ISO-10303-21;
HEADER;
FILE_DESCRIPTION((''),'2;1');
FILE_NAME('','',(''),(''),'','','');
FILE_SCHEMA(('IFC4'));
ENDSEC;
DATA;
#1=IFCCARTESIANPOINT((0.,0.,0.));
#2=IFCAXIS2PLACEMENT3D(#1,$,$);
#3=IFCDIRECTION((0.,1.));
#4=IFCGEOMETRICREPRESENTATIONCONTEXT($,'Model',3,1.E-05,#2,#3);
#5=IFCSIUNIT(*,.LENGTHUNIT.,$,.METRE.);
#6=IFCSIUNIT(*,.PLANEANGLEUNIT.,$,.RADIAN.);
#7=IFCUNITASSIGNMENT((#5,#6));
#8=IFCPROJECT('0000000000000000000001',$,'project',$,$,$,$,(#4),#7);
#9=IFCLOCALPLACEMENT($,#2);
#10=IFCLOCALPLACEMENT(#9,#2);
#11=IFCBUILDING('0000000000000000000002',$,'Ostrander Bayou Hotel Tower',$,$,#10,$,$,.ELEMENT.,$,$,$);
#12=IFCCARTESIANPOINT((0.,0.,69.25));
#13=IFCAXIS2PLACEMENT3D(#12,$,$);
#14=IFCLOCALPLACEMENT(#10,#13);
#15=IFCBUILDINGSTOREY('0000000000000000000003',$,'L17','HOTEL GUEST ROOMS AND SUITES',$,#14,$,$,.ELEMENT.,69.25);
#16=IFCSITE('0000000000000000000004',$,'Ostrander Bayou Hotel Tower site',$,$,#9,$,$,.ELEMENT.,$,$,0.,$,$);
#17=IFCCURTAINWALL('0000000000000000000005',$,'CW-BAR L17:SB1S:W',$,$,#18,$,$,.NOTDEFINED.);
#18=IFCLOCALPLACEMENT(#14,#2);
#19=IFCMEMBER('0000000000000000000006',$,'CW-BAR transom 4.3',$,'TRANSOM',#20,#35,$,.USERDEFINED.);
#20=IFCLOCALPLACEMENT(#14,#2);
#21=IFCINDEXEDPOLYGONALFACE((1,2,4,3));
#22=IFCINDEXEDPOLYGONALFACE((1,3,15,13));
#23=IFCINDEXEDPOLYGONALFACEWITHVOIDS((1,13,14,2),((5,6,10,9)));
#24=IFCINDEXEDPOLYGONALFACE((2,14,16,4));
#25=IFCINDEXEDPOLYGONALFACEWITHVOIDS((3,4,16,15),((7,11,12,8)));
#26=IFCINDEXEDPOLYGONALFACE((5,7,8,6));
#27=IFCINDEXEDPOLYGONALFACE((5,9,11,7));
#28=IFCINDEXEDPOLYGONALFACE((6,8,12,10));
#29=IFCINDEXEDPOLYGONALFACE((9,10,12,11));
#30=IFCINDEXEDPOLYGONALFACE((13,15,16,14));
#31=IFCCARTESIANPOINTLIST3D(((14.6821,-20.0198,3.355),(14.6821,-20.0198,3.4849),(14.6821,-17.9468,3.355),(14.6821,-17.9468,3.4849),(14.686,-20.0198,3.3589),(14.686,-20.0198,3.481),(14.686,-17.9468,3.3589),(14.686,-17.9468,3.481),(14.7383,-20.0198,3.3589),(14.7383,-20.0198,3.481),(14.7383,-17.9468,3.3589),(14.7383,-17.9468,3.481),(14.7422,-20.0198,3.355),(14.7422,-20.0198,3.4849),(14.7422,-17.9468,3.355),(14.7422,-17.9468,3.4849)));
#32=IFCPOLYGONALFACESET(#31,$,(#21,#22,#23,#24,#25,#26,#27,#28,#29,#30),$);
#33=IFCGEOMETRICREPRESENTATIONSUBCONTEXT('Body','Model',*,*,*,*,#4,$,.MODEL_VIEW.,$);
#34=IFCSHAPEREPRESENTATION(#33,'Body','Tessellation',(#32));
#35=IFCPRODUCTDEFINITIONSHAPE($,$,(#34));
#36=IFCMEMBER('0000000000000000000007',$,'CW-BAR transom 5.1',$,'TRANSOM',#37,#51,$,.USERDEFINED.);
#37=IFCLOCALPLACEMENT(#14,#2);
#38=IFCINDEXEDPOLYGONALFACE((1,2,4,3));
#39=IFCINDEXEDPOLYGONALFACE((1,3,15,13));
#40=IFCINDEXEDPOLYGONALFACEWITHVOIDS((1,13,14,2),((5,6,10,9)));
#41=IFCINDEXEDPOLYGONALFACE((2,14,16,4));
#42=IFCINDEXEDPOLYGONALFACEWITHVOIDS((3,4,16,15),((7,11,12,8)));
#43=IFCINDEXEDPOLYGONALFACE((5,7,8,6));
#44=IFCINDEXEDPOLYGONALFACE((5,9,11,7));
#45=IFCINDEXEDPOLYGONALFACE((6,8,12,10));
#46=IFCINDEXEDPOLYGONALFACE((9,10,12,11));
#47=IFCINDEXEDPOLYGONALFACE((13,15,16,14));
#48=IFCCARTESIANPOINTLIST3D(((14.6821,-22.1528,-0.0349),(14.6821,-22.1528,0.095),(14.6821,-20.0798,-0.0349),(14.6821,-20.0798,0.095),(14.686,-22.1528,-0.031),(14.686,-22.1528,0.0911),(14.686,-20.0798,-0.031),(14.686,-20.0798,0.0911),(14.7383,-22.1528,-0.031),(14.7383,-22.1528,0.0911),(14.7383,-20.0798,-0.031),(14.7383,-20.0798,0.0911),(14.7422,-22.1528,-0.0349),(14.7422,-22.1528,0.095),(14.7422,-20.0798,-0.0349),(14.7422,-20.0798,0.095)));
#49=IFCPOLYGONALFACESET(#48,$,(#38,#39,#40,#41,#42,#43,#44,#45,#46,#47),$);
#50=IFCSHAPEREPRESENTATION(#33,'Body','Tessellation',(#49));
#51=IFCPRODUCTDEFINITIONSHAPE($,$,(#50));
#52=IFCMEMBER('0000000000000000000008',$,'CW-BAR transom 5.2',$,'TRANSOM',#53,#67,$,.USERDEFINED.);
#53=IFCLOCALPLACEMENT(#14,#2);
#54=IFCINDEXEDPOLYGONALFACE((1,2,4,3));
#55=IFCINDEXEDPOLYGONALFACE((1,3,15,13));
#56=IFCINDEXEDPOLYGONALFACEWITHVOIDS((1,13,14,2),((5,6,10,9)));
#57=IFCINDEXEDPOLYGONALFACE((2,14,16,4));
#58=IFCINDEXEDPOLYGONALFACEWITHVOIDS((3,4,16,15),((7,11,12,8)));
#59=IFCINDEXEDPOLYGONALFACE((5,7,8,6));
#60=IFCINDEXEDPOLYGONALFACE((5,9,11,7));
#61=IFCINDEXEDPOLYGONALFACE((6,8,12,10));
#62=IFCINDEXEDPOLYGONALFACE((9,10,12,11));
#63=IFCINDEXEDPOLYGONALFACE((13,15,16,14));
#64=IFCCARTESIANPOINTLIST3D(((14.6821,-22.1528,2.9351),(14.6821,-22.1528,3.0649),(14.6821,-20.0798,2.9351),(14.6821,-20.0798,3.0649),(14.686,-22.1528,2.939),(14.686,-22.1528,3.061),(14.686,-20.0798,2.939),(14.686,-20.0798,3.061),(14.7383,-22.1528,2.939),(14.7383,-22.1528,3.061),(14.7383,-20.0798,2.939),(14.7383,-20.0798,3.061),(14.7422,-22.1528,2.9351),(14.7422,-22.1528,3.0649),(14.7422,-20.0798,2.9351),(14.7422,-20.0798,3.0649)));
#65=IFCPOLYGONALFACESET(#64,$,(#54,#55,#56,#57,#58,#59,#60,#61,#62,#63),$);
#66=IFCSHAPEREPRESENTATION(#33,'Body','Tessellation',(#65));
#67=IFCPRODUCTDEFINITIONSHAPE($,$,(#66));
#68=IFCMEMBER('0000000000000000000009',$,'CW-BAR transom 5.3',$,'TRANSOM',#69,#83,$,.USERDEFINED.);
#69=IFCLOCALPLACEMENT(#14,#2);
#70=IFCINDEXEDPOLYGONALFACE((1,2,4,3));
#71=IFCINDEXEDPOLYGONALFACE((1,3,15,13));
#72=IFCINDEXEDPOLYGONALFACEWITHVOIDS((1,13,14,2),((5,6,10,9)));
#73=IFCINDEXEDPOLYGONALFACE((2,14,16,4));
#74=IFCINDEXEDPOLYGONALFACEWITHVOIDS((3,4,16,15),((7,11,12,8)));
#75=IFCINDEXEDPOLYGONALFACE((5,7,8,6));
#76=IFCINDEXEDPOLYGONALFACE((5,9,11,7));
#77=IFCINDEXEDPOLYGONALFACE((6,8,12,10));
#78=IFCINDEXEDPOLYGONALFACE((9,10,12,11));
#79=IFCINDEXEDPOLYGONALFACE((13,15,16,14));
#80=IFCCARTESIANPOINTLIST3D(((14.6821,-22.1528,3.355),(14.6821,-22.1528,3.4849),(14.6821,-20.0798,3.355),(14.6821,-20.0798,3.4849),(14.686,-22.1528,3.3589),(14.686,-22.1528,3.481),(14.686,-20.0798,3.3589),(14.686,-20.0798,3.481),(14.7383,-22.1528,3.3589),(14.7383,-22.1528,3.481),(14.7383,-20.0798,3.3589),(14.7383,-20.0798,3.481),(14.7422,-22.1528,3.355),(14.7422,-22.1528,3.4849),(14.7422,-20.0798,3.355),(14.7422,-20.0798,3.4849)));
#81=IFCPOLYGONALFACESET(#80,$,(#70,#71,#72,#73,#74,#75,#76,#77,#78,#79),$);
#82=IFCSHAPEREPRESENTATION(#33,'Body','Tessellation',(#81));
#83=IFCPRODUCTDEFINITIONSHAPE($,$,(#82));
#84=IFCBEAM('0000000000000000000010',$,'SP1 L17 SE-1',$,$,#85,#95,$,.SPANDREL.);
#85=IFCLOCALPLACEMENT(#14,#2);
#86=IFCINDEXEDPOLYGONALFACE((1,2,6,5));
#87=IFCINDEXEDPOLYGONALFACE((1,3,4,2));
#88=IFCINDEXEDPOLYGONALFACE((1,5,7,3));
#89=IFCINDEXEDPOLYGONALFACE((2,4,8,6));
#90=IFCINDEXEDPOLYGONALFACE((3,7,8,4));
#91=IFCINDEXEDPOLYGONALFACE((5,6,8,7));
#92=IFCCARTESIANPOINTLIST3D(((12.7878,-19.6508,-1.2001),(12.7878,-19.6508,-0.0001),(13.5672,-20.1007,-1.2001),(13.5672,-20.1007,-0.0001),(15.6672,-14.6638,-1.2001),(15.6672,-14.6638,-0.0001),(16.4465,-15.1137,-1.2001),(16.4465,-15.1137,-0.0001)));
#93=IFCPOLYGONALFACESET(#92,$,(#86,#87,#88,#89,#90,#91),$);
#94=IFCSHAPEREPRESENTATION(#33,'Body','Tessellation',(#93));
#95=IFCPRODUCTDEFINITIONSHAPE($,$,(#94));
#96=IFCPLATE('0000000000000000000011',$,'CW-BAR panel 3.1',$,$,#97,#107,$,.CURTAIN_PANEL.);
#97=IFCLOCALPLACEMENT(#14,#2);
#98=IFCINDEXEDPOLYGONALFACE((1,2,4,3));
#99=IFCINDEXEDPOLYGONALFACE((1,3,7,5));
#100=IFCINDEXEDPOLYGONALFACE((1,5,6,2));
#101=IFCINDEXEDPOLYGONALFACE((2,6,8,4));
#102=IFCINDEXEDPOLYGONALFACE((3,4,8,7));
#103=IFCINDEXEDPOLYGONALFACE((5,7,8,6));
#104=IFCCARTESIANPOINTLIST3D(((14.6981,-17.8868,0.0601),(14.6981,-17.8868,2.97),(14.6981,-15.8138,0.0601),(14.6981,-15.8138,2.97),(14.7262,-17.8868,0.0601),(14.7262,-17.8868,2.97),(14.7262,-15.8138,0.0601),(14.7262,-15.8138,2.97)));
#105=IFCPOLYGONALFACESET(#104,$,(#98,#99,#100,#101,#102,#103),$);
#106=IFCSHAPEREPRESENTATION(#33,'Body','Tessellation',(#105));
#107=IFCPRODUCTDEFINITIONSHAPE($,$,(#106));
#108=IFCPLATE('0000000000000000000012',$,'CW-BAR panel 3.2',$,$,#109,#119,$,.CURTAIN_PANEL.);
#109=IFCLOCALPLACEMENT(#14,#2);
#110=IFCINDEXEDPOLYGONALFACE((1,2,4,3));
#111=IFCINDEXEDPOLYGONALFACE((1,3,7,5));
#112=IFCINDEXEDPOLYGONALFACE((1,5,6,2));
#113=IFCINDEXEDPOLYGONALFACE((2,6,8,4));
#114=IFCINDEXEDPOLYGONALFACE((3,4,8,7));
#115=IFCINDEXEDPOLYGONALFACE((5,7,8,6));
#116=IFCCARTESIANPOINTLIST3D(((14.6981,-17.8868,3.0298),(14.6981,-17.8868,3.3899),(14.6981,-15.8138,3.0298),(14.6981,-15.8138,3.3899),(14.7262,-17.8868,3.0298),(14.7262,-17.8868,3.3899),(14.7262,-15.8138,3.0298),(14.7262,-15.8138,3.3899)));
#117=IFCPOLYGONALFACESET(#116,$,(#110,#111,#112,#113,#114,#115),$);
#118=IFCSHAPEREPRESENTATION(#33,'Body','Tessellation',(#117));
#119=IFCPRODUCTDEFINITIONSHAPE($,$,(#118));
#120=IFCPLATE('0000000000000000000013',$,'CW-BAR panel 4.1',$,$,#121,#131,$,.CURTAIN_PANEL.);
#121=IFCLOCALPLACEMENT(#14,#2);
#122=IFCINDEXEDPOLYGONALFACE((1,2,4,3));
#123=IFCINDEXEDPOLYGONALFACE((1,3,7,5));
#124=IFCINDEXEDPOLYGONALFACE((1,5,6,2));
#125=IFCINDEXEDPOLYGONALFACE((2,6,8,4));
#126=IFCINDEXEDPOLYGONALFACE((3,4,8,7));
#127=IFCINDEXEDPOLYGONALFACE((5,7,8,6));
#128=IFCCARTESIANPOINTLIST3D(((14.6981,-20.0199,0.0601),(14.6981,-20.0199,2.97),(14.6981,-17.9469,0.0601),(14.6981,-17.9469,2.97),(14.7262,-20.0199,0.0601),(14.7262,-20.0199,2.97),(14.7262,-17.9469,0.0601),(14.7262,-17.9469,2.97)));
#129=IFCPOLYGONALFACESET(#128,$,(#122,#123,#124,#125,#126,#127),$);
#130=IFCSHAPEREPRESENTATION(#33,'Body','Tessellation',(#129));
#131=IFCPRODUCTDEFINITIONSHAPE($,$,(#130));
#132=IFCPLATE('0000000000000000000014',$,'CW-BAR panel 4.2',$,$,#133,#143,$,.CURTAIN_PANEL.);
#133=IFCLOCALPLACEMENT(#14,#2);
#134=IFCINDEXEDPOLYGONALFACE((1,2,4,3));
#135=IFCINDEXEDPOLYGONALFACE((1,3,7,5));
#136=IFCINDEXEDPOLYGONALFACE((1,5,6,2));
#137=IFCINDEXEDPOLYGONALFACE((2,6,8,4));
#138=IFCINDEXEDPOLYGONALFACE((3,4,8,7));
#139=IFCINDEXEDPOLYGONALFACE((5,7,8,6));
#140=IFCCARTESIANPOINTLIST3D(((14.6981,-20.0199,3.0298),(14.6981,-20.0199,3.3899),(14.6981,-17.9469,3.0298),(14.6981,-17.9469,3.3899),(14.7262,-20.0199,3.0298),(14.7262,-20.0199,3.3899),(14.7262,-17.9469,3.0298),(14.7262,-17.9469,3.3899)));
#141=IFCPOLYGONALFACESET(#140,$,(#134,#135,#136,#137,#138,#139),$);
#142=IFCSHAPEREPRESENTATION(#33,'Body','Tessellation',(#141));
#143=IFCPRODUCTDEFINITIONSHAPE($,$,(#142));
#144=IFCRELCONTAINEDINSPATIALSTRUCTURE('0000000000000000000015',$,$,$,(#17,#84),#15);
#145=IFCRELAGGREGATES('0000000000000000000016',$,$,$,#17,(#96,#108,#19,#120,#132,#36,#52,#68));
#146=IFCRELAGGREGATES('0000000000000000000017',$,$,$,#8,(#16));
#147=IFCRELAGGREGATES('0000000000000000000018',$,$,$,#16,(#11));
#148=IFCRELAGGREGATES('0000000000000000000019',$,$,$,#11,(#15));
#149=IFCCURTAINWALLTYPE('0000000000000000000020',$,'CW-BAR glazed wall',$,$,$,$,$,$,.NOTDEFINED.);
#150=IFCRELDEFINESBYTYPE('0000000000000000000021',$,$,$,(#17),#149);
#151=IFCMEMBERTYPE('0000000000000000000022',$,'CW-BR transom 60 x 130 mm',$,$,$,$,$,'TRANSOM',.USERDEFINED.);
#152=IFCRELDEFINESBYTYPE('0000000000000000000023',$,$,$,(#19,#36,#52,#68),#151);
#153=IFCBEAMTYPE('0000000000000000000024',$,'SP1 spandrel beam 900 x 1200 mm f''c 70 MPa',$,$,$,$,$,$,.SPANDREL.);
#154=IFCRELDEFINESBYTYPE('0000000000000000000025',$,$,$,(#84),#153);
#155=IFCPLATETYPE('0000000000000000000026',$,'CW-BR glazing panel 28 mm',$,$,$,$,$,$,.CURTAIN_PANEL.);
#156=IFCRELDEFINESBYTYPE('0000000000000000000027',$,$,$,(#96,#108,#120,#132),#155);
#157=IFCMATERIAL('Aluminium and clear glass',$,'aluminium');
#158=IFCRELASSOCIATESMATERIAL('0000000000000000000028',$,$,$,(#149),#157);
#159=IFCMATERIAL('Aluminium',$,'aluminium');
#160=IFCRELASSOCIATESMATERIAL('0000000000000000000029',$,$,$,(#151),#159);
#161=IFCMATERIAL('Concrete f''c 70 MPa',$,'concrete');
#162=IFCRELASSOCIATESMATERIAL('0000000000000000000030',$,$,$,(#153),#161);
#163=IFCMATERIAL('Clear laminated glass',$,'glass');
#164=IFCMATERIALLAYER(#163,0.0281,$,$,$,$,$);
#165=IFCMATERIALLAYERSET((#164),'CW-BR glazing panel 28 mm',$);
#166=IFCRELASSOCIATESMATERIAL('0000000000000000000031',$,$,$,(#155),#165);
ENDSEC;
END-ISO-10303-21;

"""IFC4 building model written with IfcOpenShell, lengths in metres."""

from ifc_helpers import new_model, si_unit, direction, frame, origin, origin_2d, place, context, subcontext, project, spatial, rectangle, hollow_rectangle, extrude, material, layer, layer_set, material_profile, profile_set, type_object, element, aggregate, save


model = new_model("IFC4")

# Units and contexts
model_context = context("Model", 3, precision=1e-05, world=origin(), true_north=direction((0.0, 1.0)))
body_context = subcontext(model_context, "Body", "Model", "MODEL_VIEW")
ifc_project = project(units=[si_unit("LENGTHUNIT", "METRE"), si_unit("PLANEANGLEUNIT", "RADIAN")], contexts=[model_context])

# Site, building, storey
site_placement = place(None, origin())
site = spatial("IfcSite", under=ifc_project, at=site_placement, Name="Ostrander Bayou Hotel Tower site", CompositionType="ELEMENT", RefElevation=0.0)
building_placement = place(site_placement, origin())
building = spatial("IfcBuilding", under=site, at=building_placement, Name="Ostrander Bayou Hotel Tower", CompositionType="ELEMENT")
storey_placement = place(building_placement, frame((0.0, 0.0, 69.25)))
storey = spatial("IfcBuildingStorey", under=building, at=storey_placement, Name="L17", Description="HOTEL GUEST ROOMS AND SUITES", CompositionType="ELEMENT", Elevation=69.25)

# Curtain wall, members
ifc_material_1 = material(Name="Aluminium and clear glass", Category="aluminium")
curtain_wall_type = type_object("IfcCurtainWallType", Name="CW-BAR glazed wall", PredefinedType="NOTDEFINED", material=ifc_material_1)
curtain_wall_placement = place(storey_placement, origin())
curtain_wall = element("IfcCurtainWall", 1, at=curtain_wall_placement, inside=storey, type_object=curtain_wall_type, Name="CW-BAR L17:SB1S:W", PredefinedType="NOTDEFINED")
ifc_material_2 = material(Name="Aluminium", Category="aluminium")
ifc_material_profile_1 = material_profile(ifc_material_2, hollow_rectangle(XDim=0.0601, YDim=0.1299, WallThickness=0.0039, at=origin_2d()))
ifc_profile_set_1 = profile_set([ifc_material_profile_1], Name="Aluminium")
member_type_1 = type_object("IfcMemberType", Name="CW-BR transom 60 x 130 mm", ElementType="TRANSOM", PredefinedType="USERDEFINED", material=ifc_profile_set_1)
member_1_placement = place(storey_placement, frame((14.7122, -17.9468, 3.4199), z_axis=(0.0, -1.0, 0.0), x_axis=(1.0, 0.0, 0.0)))
member_1 = element("IfcMember", 2, at=member_1_placement, type_object=member_type_1, Name="CW-BAR transom 4.3", ObjectType="TRANSOM", PredefinedType="USERDEFINED", context=body_context, shape_type="SweptSolid", body=[
    extrude(hollow_rectangle(XDim=0.0601, YDim=0.1299, WallThickness=0.0039, at=origin_2d()), origin(), (0.0, 0.0, 1.0), 2.073),
])
member_2_placement = place(storey_placement, frame((14.7122, -20.0798, 0.03), z_axis=(0.0, -1.0, 0.0), x_axis=(1.0, 0.0, 0.0)))
member_2 = element("IfcMember", 3, at=member_2_placement, type_object=member_type_1, Name="CW-BAR transom 5.1", ObjectType="TRANSOM", PredefinedType="USERDEFINED", context=body_context, shape_type="SweptSolid", body=[
    extrude(hollow_rectangle(XDim=0.0601, YDim=0.1299, WallThickness=0.0039, at=origin_2d()), origin(), (0.0, 0.0, 1.0), 2.073),
])
member_3_placement = place(storey_placement, frame((14.7122, -20.0798, 3.0), z_axis=(0.0, -1.0, 0.0), x_axis=(1.0, 0.0, 0.0)))
member_3 = element("IfcMember", 4, at=member_3_placement, type_object=member_type_1, Name="CW-BAR transom 5.2", ObjectType="TRANSOM", PredefinedType="USERDEFINED", context=body_context, shape_type="SweptSolid", body=[
    extrude(hollow_rectangle(XDim=0.0601, YDim=0.1299, WallThickness=0.0039, at=origin_2d()), origin(), (0.0, 0.0, 1.0), 2.073),
])
member_4_placement = place(storey_placement, frame((14.7122, -20.0798, 3.4199), z_axis=(0.0, -1.0, 0.0), x_axis=(1.0, 0.0, 0.0)))
member_4 = element("IfcMember", 5, at=member_4_placement, type_object=member_type_1, Name="CW-BAR transom 5.3", ObjectType="TRANSOM", PredefinedType="USERDEFINED", context=body_context, shape_type="SweptSolid", body=[
    extrude(hollow_rectangle(XDim=0.0601, YDim=0.1299, WallThickness=0.0039, at=origin_2d()), origin(), (0.0, 0.0, 1.0), 2.073),
])

# Beam
ifc_material_3 = material(Name="Concrete f'c 70 MPa", Category="concrete")
ifc_material_profile_2 = material_profile(ifc_material_3, rectangle(XDim=0.8999, YDim=1.2, at=origin_2d()))
ifc_profile_set_2 = profile_set([ifc_material_profile_2], Name="Concrete f'c 70 MPa")
beam_type = type_object("IfcBeamType", Name="SP1 spandrel beam 900 x 1200 mm f'c 70 MPa", PredefinedType="SPANDREL", material=ifc_profile_set_2)
beam_placement = place(storey_placement, frame((13.1775, -19.8757, -0.6001), z_axis=(0.500015, 0.866017, 0.0), x_axis=(-0.866017, 0.500015, 0.0)))
element("IfcBeam", 6, at=beam_placement, inside=storey, type_object=beam_type, Name="SP1 L17 SE-1", PredefinedType="SPANDREL", context=body_context, shape_type="SweptSolid", body=[
    extrude(rectangle(XDim=0.8999, YDim=1.2, at=origin_2d()), origin(), (0.0, 0.0, 1.0), 5.7585),
])

# Plates
ifc_material_4 = material(Name="Clear laminated glass", Category="glass")
ifc_layer_1 = layer(ifc_material_4, 0.0281)
ifc_layer_set_1 = layer_set([ifc_layer_1], Name="CW-BR glazing panel 28 mm")
plate_type = type_object("IfcPlateType", Name="CW-BR glazing panel 28 mm", PredefinedType="CURTAIN_PANEL", material=ifc_layer_set_1)
plate_1_placement = place(storey_placement, frame((14.7122, -16.8503, 0.0601), z_axis=(0.0, 0.0, 1.0), x_axis=(0.0, -1.0, 0.0)))
plate_1 = element("IfcPlate", 7, at=plate_1_placement, type_object=plate_type, Name="CW-BAR panel 3.1", PredefinedType="CURTAIN_PANEL", context=body_context, shape_type="SweptSolid", body=[
    extrude(rectangle(XDim=2.073, YDim=0.0281, at=origin_2d()), origin(), (0.0, 0.0, 1.0), 2.9099),
])
plate_2_placement = place(storey_placement, frame((14.7122, -16.8503, 3.0298), z_axis=(0.0, 0.0, 1.0), x_axis=(0.0, -1.0, 0.0)))
plate_2 = element("IfcPlate", 8, at=plate_2_placement, type_object=plate_type, Name="CW-BAR panel 3.2", PredefinedType="CURTAIN_PANEL", context=body_context, shape_type="SweptSolid", body=[
    extrude(rectangle(XDim=2.073, YDim=0.0281, at=origin_2d()), origin(), (0.0, 0.0, 1.0), 0.3601),
])
plate_3_placement = place(storey_placement, frame((14.7122, -18.9834, 0.0601), z_axis=(0.0, 0.0, 1.0), x_axis=(0.0, -1.0, 0.0)))
plate_3 = element("IfcPlate", 9, at=plate_3_placement, type_object=plate_type, Name="CW-BAR panel 4.1", PredefinedType="CURTAIN_PANEL", context=body_context, shape_type="SweptSolid", body=[
    extrude(rectangle(XDim=2.073, YDim=0.0281, at=origin_2d()), origin(), (0.0, 0.0, 1.0), 2.9099),
])
plate_4_placement = place(storey_placement, frame((14.7122, -18.9834, 3.0298), z_axis=(0.0, 0.0, 1.0), x_axis=(0.0, -1.0, 0.0)))
plate_4 = element("IfcPlate", 10, at=plate_4_placement, type_object=plate_type, Name="CW-BAR panel 4.2", PredefinedType="CURTAIN_PANEL", context=body_context, shape_type="SweptSolid", body=[
    extrude(rectangle(XDim=2.073, YDim=0.0281, at=origin_2d()), origin(), (0.0, 0.0, 1.0), 0.3601),
])
aggregate(curtain_wall, [plate_1, plate_2, member_1, plate_3, plate_4, member_2, member_3, member_4])

save(model, "model.ifc")
